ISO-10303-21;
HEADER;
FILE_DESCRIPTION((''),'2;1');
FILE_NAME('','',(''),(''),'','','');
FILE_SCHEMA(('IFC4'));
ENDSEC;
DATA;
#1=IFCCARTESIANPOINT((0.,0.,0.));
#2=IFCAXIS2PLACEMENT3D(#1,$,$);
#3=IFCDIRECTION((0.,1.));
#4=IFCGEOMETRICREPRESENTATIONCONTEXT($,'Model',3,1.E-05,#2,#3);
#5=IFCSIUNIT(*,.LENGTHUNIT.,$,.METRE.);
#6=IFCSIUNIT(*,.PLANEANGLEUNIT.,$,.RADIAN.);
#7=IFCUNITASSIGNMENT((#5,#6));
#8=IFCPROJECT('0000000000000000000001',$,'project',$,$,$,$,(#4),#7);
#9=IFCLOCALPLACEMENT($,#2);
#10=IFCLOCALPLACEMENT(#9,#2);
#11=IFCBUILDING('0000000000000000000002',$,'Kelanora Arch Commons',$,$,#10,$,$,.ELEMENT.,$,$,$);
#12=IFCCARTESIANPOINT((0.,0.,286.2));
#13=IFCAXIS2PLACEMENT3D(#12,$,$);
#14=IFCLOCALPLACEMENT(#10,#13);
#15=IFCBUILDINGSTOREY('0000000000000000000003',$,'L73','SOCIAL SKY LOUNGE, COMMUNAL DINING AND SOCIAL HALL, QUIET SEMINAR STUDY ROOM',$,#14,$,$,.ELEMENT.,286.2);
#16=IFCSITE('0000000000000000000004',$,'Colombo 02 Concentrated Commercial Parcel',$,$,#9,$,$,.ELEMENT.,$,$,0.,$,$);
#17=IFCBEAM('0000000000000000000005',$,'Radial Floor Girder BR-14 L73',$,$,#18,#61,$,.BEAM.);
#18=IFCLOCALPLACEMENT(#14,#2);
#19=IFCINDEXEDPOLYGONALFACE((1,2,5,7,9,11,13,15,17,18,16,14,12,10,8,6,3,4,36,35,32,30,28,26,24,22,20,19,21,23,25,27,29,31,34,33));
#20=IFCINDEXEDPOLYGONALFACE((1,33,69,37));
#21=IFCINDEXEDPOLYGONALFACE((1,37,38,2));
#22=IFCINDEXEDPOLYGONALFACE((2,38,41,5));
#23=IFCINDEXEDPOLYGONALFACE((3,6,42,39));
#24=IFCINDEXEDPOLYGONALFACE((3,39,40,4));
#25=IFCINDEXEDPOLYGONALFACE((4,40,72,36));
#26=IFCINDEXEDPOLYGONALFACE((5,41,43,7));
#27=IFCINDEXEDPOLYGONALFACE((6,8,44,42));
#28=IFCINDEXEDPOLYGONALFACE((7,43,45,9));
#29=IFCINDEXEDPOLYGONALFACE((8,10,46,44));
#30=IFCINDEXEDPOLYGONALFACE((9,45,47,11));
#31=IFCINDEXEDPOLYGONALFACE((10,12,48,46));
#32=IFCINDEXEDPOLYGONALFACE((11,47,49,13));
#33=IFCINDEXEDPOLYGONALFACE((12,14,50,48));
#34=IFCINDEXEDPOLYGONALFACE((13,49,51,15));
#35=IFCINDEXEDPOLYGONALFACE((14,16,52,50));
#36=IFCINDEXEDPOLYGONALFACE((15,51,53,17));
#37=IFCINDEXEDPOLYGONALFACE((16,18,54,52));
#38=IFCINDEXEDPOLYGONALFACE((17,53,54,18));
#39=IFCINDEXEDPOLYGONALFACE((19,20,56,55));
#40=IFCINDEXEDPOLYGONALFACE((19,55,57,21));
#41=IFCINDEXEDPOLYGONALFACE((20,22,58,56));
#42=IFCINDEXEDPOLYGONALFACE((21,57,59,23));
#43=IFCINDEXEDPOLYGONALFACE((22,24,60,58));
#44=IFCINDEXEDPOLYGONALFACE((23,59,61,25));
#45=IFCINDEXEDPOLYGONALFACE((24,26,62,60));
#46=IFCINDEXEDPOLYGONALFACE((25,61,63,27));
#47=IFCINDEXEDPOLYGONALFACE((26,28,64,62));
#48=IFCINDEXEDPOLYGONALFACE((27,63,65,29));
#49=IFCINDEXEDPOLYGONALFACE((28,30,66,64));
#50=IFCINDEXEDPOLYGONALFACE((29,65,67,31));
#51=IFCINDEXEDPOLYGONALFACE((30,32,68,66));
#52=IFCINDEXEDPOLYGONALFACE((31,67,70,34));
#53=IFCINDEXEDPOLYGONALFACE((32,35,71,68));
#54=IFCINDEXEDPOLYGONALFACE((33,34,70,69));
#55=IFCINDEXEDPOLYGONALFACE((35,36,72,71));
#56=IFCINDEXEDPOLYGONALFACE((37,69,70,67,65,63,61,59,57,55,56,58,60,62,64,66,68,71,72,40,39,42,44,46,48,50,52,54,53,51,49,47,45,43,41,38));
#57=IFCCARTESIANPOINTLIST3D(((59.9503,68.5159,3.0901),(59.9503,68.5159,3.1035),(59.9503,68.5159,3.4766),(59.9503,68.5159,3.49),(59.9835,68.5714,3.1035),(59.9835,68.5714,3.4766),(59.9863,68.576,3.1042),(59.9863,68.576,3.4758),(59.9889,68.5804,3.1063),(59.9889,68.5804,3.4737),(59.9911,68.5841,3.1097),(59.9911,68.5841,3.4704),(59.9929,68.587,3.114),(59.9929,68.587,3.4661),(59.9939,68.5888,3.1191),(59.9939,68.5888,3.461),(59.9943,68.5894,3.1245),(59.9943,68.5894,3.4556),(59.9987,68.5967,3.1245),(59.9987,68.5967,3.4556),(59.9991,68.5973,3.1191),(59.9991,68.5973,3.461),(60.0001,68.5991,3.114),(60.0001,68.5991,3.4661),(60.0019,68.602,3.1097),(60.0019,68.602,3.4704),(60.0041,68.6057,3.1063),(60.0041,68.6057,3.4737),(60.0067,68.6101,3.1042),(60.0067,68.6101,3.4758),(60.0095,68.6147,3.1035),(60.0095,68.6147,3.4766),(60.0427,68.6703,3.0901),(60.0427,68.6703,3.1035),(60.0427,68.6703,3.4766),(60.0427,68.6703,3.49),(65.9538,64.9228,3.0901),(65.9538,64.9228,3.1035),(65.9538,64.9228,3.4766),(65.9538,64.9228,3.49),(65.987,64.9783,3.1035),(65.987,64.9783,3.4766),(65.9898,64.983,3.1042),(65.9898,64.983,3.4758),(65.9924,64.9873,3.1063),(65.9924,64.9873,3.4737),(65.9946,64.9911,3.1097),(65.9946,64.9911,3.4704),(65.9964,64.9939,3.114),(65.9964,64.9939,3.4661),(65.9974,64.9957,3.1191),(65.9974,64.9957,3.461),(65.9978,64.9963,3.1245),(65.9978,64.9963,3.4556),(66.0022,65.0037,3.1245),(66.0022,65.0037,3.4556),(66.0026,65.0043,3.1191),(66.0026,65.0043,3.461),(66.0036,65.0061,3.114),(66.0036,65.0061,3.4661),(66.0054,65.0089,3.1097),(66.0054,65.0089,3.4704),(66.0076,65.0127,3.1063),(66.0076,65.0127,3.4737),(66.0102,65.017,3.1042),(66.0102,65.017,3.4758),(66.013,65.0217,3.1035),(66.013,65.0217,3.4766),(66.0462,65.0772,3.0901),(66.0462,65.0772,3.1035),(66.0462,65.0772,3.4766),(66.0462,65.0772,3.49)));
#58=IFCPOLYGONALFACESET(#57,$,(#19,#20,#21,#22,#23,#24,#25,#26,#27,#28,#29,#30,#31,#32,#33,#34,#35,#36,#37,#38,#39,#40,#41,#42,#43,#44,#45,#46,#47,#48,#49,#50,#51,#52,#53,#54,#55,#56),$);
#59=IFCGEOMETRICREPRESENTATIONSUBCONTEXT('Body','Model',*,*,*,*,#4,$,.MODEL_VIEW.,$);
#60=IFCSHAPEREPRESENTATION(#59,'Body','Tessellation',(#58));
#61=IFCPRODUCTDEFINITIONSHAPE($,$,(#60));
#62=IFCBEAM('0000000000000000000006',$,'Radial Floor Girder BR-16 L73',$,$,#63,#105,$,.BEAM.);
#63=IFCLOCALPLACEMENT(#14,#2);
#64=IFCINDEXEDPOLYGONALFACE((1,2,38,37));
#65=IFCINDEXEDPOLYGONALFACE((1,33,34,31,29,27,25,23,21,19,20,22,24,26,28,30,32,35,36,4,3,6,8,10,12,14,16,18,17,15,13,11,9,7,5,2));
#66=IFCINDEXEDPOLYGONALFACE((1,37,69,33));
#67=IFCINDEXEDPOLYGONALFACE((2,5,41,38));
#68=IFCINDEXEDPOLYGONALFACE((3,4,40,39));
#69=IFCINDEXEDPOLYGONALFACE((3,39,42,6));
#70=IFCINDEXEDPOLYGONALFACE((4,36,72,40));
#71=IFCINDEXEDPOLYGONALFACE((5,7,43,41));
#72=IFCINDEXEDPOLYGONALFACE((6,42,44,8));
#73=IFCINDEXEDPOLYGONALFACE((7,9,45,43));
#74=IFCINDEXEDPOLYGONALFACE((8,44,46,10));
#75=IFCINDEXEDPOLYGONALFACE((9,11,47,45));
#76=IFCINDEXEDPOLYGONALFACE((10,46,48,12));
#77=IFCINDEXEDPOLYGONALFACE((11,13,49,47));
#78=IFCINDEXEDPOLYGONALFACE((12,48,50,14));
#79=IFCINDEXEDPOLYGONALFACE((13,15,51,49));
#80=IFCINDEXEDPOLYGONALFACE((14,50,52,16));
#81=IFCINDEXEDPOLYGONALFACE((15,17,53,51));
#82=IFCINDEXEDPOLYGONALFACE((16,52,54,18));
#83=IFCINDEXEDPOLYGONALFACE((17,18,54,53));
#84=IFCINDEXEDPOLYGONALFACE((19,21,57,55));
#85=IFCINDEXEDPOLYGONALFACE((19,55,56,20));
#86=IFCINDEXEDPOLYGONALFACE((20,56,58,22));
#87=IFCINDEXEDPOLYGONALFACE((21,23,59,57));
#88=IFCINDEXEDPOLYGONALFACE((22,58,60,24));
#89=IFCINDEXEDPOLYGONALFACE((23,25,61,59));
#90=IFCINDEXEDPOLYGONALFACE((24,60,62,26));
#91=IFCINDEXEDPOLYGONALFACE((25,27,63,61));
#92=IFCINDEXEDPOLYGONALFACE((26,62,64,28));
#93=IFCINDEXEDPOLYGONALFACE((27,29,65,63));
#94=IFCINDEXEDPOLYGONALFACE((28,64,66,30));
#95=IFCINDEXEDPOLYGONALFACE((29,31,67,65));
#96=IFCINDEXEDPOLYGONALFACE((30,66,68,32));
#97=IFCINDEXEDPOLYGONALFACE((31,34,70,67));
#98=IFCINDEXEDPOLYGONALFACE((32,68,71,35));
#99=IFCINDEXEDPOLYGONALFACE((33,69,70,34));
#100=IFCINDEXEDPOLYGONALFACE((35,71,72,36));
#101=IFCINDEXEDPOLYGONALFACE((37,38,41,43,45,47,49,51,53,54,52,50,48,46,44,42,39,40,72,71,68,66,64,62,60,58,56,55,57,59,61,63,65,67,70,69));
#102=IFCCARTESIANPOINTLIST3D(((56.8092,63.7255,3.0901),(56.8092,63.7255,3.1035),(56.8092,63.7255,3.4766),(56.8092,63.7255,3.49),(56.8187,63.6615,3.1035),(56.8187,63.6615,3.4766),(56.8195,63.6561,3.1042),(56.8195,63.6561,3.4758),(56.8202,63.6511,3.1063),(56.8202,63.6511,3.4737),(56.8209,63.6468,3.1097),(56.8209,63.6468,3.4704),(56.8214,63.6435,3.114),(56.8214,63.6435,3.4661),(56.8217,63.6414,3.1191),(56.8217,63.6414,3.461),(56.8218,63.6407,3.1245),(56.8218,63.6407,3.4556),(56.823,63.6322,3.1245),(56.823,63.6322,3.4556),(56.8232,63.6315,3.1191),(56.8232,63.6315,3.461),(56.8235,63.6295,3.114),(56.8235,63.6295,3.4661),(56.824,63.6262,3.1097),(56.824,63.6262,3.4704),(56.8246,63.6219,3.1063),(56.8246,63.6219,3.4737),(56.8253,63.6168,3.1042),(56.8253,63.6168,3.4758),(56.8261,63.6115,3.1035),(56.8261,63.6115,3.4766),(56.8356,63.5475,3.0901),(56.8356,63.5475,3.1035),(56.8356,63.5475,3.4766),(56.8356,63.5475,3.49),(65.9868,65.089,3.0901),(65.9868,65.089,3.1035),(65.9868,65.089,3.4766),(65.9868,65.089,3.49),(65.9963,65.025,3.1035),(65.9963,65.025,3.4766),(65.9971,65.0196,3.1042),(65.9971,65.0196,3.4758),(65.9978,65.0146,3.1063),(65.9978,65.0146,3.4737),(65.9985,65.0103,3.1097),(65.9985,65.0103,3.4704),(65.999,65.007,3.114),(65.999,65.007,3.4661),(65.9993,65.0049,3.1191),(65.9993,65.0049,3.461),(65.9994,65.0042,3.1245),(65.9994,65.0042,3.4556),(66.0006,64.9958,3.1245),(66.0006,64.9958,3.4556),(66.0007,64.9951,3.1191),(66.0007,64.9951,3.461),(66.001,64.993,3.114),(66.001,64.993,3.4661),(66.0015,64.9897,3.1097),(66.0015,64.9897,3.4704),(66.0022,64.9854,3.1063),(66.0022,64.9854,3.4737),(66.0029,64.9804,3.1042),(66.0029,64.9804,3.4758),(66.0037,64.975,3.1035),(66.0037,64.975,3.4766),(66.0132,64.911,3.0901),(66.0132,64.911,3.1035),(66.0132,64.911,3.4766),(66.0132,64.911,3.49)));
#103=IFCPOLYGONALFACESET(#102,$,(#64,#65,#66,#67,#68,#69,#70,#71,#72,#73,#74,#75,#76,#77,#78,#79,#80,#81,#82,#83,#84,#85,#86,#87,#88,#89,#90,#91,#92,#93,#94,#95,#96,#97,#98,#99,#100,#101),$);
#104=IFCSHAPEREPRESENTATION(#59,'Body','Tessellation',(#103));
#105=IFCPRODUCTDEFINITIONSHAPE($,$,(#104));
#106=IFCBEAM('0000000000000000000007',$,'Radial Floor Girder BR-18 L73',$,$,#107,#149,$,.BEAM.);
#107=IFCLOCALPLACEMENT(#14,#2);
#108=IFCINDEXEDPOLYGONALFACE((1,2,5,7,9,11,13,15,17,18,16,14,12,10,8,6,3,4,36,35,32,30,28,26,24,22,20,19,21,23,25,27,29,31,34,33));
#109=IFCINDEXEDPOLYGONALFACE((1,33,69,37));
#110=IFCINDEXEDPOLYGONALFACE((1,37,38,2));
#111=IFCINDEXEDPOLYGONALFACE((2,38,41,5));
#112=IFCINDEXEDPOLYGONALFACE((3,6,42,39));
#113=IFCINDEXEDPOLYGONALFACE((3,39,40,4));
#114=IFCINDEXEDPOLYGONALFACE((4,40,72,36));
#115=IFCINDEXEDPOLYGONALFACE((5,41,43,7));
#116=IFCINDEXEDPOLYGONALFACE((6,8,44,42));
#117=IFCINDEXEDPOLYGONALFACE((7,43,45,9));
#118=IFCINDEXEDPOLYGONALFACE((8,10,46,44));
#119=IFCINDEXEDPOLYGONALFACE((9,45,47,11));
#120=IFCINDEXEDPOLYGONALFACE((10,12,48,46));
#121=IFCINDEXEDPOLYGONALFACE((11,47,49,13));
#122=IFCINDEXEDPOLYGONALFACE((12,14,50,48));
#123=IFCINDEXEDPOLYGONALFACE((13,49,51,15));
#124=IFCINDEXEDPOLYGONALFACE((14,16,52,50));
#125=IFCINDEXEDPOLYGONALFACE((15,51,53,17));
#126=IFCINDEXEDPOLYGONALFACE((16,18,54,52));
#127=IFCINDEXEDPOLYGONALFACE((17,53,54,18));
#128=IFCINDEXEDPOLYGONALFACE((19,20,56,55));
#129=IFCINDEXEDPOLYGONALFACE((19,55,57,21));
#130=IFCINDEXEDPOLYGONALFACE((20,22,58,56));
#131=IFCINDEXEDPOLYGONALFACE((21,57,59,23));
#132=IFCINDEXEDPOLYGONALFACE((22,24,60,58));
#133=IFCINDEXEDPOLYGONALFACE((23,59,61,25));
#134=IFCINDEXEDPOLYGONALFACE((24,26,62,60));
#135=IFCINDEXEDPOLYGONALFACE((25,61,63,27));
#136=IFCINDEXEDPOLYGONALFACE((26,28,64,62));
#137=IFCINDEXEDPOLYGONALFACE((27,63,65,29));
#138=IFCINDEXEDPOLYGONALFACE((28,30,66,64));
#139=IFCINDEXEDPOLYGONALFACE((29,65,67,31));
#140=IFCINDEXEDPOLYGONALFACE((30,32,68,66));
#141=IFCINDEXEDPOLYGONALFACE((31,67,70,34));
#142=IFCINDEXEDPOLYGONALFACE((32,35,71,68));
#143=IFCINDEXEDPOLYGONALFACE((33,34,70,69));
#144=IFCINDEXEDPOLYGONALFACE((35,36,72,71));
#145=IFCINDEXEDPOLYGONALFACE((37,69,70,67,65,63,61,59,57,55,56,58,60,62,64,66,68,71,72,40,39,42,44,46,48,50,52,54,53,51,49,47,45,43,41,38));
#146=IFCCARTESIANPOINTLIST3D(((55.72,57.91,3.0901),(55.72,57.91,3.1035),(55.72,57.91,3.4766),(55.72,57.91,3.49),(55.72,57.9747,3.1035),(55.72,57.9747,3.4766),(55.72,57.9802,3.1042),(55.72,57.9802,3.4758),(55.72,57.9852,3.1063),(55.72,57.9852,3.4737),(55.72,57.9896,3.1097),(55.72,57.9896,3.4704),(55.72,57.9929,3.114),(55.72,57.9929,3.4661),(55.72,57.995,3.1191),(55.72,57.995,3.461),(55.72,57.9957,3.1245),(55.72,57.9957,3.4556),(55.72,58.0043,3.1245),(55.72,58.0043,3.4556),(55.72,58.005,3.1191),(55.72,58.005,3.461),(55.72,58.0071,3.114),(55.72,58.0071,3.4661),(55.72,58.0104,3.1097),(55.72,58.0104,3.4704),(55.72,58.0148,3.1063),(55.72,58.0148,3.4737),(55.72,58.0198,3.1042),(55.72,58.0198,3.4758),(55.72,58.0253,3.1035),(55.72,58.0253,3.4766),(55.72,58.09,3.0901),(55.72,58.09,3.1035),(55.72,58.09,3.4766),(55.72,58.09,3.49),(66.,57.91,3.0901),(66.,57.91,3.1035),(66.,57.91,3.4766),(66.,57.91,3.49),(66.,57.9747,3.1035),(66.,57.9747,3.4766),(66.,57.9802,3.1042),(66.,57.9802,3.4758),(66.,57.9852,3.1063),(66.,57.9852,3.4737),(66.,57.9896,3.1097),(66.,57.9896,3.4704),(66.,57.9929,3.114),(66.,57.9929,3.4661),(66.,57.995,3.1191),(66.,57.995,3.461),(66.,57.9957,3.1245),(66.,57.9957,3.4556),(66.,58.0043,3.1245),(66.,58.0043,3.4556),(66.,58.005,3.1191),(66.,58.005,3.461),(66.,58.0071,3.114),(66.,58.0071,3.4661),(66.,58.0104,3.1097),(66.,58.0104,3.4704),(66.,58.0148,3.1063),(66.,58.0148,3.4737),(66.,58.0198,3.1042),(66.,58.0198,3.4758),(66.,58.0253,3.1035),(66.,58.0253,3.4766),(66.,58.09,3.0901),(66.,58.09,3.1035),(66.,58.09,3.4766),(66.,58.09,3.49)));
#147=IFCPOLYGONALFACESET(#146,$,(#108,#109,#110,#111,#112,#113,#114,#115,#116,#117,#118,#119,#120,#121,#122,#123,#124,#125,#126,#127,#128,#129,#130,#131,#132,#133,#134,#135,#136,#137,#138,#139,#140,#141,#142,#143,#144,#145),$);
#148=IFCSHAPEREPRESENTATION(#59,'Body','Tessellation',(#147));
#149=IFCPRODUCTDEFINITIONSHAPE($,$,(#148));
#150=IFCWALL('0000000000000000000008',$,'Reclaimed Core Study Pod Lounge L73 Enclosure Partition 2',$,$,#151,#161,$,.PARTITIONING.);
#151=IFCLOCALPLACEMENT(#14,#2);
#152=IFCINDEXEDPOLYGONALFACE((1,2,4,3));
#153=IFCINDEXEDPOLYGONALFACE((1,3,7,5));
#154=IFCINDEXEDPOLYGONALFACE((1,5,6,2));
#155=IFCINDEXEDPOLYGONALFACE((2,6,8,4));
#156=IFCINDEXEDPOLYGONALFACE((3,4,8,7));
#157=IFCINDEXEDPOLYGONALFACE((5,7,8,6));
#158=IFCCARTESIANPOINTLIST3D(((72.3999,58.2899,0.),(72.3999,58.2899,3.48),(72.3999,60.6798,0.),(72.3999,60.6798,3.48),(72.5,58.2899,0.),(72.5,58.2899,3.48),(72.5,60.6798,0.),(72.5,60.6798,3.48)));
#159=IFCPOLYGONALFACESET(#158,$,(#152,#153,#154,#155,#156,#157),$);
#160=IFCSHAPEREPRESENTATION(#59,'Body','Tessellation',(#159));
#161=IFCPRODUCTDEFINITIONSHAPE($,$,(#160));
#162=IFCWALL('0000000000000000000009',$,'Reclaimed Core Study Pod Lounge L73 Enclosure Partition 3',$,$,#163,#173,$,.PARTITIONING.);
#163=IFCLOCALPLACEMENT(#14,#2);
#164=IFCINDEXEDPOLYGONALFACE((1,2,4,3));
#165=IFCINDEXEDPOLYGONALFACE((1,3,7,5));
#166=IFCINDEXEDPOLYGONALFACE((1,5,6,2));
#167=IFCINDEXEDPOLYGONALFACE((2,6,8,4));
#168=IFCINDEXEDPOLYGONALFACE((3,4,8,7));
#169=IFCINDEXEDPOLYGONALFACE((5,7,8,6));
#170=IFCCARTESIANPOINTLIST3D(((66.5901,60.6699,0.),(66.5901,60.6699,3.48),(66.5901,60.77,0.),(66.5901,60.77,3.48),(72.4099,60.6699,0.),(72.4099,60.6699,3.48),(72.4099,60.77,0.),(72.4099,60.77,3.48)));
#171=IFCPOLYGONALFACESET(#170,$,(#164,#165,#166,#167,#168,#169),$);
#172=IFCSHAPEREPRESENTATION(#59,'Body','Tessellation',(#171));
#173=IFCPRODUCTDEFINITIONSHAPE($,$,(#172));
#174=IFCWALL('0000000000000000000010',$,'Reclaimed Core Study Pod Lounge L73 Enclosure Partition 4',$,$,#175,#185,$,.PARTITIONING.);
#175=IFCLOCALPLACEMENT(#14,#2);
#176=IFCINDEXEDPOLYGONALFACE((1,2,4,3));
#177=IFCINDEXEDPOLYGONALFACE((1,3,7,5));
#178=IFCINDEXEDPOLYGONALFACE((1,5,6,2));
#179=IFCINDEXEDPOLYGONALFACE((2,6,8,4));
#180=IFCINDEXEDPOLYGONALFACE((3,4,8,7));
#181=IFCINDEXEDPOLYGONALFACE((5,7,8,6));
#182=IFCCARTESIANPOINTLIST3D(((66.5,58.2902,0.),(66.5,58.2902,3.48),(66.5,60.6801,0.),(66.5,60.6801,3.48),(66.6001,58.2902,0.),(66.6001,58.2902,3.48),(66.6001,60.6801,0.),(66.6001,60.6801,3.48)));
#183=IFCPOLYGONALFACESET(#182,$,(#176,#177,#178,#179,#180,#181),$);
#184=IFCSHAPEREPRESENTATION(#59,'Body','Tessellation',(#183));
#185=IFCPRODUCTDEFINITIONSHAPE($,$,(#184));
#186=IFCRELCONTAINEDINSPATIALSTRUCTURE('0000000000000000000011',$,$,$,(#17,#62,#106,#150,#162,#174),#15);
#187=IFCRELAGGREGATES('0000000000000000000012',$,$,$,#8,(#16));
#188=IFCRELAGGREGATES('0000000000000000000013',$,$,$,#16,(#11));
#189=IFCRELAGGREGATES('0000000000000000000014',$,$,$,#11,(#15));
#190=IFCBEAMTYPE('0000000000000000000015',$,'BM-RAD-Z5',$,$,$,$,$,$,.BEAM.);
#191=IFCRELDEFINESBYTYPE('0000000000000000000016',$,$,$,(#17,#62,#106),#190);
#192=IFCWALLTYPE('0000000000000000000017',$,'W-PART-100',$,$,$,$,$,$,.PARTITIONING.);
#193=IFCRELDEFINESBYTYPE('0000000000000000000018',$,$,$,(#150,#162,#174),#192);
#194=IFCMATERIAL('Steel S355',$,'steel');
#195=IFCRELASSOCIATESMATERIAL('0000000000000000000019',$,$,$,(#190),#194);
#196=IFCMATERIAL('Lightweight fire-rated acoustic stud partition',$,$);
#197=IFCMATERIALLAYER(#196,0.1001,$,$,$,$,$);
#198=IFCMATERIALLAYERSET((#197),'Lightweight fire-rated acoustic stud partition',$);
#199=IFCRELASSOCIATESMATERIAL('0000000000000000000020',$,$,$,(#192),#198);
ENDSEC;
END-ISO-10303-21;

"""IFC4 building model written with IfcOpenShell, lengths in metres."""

from ifc_helpers import new_model, si_unit, direction, frame, frame_2d, origin, origin_2d, place, context, subcontext, project, spatial, rectangle, i_section, extrude, material, layer, layer_set, material_profile, profile_set, type_object, element, save


model = new_model("IFC4")

# Units and contexts
model_context = context("Model", 3, precision=1e-05, world=origin(), true_north=direction((0.0, 1.0)))
body_context = subcontext(model_context, "Body", "Model", "MODEL_VIEW")
ifc_project = project(units=[si_unit("LENGTHUNIT", "METRE"), si_unit("PLANEANGLEUNIT", "RADIAN")], contexts=[model_context])

# Site, building, storey
site_placement = place(None, origin())
site = spatial("IfcSite", under=ifc_project, at=site_placement, Name="Colombo 02 Concentrated Commercial Parcel", CompositionType="ELEMENT", RefElevation=0.0)
building_placement = place(site_placement, origin())
building = spatial("IfcBuilding", under=site, at=building_placement, Name="Kelanora Arch Commons", CompositionType="ELEMENT")
storey_placement = place(building_placement, frame((0.0, 0.0, 286.2)))
storey = spatial("IfcBuildingStorey", under=building, at=storey_placement, Name="L73", Description="SOCIAL SKY LOUNGE, COMMUNAL DINING AND SOCIAL HALL, QUIET SEMINAR STUDY ROOM", CompositionType="ELEMENT", Elevation=286.2)

# Beams
ifc_material_1 = material(Name="Steel S355", Category="steel")
ifc_material_profile_1 = material_profile(ifc_material_1, i_section(OverallWidth=0.1799, OverallDepth=0.3999, WebThickness=0.0085, FlangeThickness=0.0134, FilletRadius=0.021, at=origin_2d()), Name="IPE400")
ifc_profile_set_1 = profile_set([ifc_material_profile_1], Name="Steel S355")
beam_type_1 = type_object("IfcBeamType", Name="BM-RAD-Z5", PredefinedType="BEAM", material=ifc_profile_set_1)
beam_1_placement = place(storey_placement, frame((66.0, 65.0, 3.29), z_axis=(-0.858062, 0.513546, 0.0), x_axis=(-0.513546, -0.858062, 0.0)))
element("IfcBeam", 1, at=beam_1_placement, inside=storey, type_object=beam_type_1, Name="Radial Floor Girder BR-14 L73", PredefinedType="BEAM", context=body_context, shape_type="SweptSolid", body=[
    extrude(i_section(OverallWidth=0.1799, OverallDepth=0.3999, WebThickness=0.0085, FlangeThickness=0.0134, FilletRadius=0.021, at=origin_2d()), origin(), (0.0, 0.0, 1.0), 6.9966),
])
beam_2_placement = place(storey_placement, frame((66.0, 65.0, 3.29), z_axis=(-0.989142, -0.14696, 0.0), x_axis=(0.14696, -0.989142, 0.0)))
element("IfcBeam", 2, at=beam_2_placement, inside=storey, type_object=beam_type_1, Name="Radial Floor Girder BR-16 L73", PredefinedType="BEAM", context=body_context, shape_type="SweptSolid", body=[
    extrude(i_section(OverallWidth=0.1799, OverallDepth=0.3999, WebThickness=0.0085, FlangeThickness=0.0134, FilletRadius=0.021, at=origin_2d()), origin(), (0.0, 0.0, 1.0), 9.2783),
])
beam_3_placement = place(storey_placement, frame((66.0, 58.0, 3.29), z_axis=(-1.0, 0.0, 0.0), x_axis=(0.0, -1.0, 0.0)))
element("IfcBeam", 3, at=beam_3_placement, inside=storey, type_object=beam_type_1, Name="Radial Floor Girder BR-18 L73", PredefinedType="BEAM", context=body_context, shape_type="SweptSolid", body=[
    extrude(i_section(OverallWidth=0.1799, OverallDepth=0.3999, WebThickness=0.0085, FlangeThickness=0.0134, FilletRadius=0.021, at=origin_2d()), origin(), (0.0, 0.0, 1.0), 10.28),
])

# Walls
ifc_material_2 = material(Name="Lightweight fire-rated acoustic stud partition")
ifc_layer_1 = layer(ifc_material_2, 0.1001)
ifc_layer_set_1 = layer_set([ifc_layer_1], Name="Lightweight fire-rated acoustic stud partition")
wall_type_1 = type_object("IfcWallType", Name="W-PART-100", PredefinedType="PARTITIONING", material=ifc_layer_set_1)
wall_1_placement = place(storey_placement, frame((72.45, 58.29, 0.0), z_axis=(0.0, 0.0, 1.0), x_axis=(0.0, 1.0, 0.0)))
element("IfcWall", 4, at=wall_1_placement, inside=storey, type_object=wall_type_1, Name="Reclaimed Core Study Pod Lounge L73 Enclosure Partition 2", PredefinedType="PARTITIONING", context=body_context, shape_type="SweptSolid", body=[
    extrude(rectangle(XDim=2.3899, YDim=0.1001, at=frame_2d((1.1948, 0.0))), origin(), (0.0, 0.0, 1.0), 3.48),
])
wall_2_placement = place(storey_placement, frame((72.4099, 60.72, 0.0), z_axis=(0.0, 0.0, 1.0), x_axis=(-1.0, 0.0, 0.0)))
element("IfcWall", 5, at=wall_2_placement, inside=storey, type_object=wall_type_1, Name="Reclaimed Core Study Pod Lounge L73 Enclosure Partition 3", PredefinedType="PARTITIONING", context=body_context, shape_type="SweptSolid", body=[
    extrude(rectangle(XDim=5.8198, YDim=0.1001, at=frame_2d((2.9099, 0.0))), origin(), (0.0, 0.0, 1.0), 3.48),
])
wall_3_placement = place(storey_placement, frame((66.55, 60.6799, 0.0), z_axis=(0.0, 0.0, 1.0), x_axis=(0.0, -1.0, 0.0)))
element("IfcWall", 6, at=wall_3_placement, inside=storey, type_object=wall_type_1, Name="Reclaimed Core Study Pod Lounge L73 Enclosure Partition 4", PredefinedType="PARTITIONING", context=body_context, shape_type="SweptSolid", body=[
    extrude(rectangle(XDim=2.3899, YDim=0.1001, at=frame_2d((1.1948, 0.0))), origin(), (0.0, 0.0, 1.0), 3.48),
])

save(model, "model.ifc")
